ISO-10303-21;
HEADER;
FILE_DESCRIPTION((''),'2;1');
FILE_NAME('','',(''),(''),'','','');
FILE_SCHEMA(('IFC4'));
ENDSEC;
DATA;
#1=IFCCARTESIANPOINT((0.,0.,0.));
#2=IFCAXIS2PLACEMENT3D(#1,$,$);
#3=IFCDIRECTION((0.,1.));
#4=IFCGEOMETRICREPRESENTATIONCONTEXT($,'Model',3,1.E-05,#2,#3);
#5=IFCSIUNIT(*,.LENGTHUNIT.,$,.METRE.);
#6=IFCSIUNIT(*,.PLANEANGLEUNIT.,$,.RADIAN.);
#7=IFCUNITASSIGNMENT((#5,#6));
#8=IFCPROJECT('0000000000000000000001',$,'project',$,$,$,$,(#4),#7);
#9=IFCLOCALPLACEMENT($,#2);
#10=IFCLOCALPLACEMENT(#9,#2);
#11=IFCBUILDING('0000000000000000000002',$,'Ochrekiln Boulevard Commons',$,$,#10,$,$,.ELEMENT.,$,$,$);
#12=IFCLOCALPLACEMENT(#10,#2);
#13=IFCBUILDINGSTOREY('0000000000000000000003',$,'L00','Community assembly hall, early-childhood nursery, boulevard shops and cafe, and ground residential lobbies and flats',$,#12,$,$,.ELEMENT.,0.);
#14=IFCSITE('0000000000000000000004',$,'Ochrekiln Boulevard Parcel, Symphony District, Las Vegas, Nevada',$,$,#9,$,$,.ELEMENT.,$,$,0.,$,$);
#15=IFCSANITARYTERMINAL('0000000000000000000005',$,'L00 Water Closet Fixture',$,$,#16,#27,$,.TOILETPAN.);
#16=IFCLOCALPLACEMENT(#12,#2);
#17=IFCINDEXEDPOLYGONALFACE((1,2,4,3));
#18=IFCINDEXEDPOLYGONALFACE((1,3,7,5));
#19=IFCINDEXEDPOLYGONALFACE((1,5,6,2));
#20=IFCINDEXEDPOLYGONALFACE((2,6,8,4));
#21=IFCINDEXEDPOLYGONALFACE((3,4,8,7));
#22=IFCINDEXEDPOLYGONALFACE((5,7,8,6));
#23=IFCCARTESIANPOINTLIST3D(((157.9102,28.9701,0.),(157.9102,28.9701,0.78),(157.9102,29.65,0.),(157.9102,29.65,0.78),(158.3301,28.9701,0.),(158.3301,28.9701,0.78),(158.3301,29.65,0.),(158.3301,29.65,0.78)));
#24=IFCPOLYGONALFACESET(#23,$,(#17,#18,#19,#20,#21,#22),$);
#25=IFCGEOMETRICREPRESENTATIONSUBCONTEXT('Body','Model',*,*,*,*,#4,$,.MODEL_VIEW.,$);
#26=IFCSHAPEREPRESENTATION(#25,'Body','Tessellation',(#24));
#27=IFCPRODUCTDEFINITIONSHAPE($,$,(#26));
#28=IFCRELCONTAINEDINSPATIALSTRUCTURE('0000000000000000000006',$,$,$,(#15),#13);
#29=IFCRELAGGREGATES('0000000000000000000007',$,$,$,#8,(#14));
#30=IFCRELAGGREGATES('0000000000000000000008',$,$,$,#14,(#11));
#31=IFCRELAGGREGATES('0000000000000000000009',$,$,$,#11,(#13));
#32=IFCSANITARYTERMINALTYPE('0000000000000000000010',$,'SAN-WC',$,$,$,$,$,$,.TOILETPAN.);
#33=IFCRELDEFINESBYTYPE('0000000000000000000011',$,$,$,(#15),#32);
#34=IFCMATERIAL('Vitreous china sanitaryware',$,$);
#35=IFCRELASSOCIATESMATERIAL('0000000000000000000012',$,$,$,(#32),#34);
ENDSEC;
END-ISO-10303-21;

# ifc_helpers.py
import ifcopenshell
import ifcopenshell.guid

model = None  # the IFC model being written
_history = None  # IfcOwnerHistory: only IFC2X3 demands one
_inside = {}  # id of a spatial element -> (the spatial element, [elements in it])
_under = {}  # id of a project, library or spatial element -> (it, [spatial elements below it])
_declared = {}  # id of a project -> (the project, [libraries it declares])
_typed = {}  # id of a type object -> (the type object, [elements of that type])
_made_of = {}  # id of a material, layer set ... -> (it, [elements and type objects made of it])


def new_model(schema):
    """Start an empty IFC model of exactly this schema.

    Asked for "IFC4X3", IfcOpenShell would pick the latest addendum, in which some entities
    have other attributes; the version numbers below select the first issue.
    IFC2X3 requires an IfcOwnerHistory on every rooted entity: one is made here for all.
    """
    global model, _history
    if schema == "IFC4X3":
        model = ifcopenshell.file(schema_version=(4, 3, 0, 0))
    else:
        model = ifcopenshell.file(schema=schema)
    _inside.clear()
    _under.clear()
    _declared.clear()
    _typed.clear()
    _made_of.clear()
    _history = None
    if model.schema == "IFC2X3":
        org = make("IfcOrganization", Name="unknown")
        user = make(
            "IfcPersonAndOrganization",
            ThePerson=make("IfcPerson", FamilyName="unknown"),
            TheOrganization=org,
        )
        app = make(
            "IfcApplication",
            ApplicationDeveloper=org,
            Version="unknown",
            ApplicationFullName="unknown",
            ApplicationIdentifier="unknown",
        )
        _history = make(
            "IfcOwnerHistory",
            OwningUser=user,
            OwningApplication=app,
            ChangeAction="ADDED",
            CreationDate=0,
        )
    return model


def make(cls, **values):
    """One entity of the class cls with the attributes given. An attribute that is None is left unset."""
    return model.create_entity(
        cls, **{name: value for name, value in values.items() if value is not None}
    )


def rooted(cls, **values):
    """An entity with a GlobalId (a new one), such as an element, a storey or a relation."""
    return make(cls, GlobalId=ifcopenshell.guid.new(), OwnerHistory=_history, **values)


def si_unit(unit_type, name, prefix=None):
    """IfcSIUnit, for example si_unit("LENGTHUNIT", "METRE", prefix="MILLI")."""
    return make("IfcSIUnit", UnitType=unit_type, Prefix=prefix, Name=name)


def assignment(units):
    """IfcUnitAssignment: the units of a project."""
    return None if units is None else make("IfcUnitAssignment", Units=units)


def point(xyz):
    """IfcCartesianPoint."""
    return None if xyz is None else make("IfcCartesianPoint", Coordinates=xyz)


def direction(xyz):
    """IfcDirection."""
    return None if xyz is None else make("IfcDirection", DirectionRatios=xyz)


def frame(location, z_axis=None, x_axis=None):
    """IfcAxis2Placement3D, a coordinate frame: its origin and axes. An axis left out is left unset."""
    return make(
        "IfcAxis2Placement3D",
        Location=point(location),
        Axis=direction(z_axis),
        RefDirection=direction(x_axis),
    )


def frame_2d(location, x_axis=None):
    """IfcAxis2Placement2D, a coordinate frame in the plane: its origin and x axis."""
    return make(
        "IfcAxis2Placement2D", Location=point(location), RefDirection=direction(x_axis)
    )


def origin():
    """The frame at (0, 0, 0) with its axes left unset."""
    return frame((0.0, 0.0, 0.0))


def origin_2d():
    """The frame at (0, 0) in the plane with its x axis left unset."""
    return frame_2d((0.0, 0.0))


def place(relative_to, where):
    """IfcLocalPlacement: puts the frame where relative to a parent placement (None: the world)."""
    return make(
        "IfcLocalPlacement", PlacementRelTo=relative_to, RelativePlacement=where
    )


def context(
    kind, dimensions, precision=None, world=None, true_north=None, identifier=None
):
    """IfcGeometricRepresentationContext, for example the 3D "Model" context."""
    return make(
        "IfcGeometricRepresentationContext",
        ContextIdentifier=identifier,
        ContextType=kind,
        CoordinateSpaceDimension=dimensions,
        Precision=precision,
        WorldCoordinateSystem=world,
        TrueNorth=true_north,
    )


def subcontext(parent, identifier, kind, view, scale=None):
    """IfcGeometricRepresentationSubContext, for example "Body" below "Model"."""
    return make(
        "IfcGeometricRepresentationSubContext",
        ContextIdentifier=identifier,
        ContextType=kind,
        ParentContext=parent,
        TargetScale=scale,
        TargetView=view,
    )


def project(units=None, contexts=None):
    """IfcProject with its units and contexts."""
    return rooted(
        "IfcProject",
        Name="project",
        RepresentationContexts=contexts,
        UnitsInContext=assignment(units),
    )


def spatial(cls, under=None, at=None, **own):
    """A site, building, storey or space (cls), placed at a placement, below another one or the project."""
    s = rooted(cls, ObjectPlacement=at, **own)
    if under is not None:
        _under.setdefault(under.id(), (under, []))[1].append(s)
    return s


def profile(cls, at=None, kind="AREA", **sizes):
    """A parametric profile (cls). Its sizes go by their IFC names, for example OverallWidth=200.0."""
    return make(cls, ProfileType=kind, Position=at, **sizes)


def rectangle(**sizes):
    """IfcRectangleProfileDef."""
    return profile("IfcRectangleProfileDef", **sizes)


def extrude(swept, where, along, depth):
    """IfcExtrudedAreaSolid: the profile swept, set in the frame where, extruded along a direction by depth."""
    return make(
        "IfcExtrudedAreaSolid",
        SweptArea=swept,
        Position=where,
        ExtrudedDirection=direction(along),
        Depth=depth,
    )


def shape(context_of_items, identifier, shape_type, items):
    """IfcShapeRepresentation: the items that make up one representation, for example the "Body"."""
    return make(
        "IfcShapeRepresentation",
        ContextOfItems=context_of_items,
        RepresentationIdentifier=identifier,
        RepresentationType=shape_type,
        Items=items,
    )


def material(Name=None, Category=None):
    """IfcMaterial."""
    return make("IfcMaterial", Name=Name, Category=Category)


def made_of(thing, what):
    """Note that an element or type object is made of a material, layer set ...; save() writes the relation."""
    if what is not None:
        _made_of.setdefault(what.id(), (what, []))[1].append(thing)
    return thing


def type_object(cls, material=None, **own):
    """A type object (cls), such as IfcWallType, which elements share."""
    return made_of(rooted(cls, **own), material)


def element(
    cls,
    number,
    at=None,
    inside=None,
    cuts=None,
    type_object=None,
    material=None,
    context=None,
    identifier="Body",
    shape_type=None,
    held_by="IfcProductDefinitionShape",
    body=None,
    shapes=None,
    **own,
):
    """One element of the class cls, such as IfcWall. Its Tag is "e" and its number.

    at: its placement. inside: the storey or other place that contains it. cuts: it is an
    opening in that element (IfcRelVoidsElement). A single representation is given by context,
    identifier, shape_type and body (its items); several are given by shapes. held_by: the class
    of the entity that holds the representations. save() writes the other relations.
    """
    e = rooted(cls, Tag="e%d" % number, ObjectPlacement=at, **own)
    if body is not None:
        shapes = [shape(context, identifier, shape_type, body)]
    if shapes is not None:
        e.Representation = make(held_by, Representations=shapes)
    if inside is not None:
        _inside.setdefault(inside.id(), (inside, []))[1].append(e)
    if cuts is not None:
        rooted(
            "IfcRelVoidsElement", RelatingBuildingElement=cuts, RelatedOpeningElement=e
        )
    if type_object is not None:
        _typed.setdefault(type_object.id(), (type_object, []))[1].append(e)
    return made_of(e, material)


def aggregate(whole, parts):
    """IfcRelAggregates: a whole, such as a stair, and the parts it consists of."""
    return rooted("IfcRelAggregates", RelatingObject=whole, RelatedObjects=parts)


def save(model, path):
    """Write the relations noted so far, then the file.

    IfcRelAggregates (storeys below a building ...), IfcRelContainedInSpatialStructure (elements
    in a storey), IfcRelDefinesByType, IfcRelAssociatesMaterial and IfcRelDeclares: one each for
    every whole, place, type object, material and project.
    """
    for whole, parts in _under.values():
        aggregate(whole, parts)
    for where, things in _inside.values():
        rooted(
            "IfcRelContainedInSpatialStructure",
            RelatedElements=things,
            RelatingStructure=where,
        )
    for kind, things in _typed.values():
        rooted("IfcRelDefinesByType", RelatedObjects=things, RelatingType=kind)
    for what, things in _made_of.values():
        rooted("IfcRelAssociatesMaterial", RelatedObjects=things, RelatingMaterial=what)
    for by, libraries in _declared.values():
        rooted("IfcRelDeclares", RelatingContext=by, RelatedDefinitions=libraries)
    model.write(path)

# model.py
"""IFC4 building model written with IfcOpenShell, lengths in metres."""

from ifc_helpers import new_model, si_unit, direction, frame, origin, origin_2d, place, context, subcontext, project, spatial, rectangle, extrude, material, type_object, element, save


model = new_model("IFC4")

# Units and contexts
model_context = context("Model", 3, precision=1e-05, world=origin(), true_north=direction((0.0, 1.0)))
body_context = subcontext(model_context, "Body", "Model", "MODEL_VIEW")
ifc_project = project(units=[si_unit("LENGTHUNIT", "METRE"), si_unit("PLANEANGLEUNIT", "RADIAN")], contexts=[model_context])

# Site, building, storey
site_placement = place(None, origin())
site = spatial("IfcSite", under=ifc_project, at=site_placement, Name="Ochrekiln Boulevard Parcel, Symphony District, Las Vegas, Nevada", CompositionType="ELEMENT", RefElevation=0.0)
building_placement = place(site_placement, origin())
building = spatial("IfcBuilding", under=site, at=building_placement, Name="Ochrekiln Boulevard Commons", CompositionType="ELEMENT")
storey_placement = place(building_placement, origin())
storey = spatial("IfcBuildingStorey", under=building, at=storey_placement, Name="L00", Description="Community assembly hall, early-childhood nursery, boulevard shops and cafe, and ground residential lobbies and flats", CompositionType="ELEMENT", Elevation=0.0)

# Sanitary terminal
ifc_material_1 = material(Name="Vitreous china sanitaryware")
sanitary_terminal_type_1 = type_object("IfcSanitaryTerminalType", Name="SAN-WC", PredefinedType="TOILETPAN", material=ifc_material_1)
sanitary_terminal_1_placement = place(storey_placement, frame((158.1201, 29.3101, 0.0), z_axis=(0.0, 0.0, 1.0), x_axis=(1.0, 0.0, 0.0)))
element("IfcSanitaryTerminal", 1, at=sanitary_terminal_1_placement, inside=storey, type_object=sanitary_terminal_type_1, Name="L00 Water Closet Fixture", PredefinedType="TOILETPAN", context=body_context, shape_type="SweptSolid", body=[
    extrude(rectangle(XDim=0.4199, YDim=0.6799, at=origin_2d()), origin(), (0.0, 0.0, 1.0), 0.78),
])

save(model, "model.ifc")
